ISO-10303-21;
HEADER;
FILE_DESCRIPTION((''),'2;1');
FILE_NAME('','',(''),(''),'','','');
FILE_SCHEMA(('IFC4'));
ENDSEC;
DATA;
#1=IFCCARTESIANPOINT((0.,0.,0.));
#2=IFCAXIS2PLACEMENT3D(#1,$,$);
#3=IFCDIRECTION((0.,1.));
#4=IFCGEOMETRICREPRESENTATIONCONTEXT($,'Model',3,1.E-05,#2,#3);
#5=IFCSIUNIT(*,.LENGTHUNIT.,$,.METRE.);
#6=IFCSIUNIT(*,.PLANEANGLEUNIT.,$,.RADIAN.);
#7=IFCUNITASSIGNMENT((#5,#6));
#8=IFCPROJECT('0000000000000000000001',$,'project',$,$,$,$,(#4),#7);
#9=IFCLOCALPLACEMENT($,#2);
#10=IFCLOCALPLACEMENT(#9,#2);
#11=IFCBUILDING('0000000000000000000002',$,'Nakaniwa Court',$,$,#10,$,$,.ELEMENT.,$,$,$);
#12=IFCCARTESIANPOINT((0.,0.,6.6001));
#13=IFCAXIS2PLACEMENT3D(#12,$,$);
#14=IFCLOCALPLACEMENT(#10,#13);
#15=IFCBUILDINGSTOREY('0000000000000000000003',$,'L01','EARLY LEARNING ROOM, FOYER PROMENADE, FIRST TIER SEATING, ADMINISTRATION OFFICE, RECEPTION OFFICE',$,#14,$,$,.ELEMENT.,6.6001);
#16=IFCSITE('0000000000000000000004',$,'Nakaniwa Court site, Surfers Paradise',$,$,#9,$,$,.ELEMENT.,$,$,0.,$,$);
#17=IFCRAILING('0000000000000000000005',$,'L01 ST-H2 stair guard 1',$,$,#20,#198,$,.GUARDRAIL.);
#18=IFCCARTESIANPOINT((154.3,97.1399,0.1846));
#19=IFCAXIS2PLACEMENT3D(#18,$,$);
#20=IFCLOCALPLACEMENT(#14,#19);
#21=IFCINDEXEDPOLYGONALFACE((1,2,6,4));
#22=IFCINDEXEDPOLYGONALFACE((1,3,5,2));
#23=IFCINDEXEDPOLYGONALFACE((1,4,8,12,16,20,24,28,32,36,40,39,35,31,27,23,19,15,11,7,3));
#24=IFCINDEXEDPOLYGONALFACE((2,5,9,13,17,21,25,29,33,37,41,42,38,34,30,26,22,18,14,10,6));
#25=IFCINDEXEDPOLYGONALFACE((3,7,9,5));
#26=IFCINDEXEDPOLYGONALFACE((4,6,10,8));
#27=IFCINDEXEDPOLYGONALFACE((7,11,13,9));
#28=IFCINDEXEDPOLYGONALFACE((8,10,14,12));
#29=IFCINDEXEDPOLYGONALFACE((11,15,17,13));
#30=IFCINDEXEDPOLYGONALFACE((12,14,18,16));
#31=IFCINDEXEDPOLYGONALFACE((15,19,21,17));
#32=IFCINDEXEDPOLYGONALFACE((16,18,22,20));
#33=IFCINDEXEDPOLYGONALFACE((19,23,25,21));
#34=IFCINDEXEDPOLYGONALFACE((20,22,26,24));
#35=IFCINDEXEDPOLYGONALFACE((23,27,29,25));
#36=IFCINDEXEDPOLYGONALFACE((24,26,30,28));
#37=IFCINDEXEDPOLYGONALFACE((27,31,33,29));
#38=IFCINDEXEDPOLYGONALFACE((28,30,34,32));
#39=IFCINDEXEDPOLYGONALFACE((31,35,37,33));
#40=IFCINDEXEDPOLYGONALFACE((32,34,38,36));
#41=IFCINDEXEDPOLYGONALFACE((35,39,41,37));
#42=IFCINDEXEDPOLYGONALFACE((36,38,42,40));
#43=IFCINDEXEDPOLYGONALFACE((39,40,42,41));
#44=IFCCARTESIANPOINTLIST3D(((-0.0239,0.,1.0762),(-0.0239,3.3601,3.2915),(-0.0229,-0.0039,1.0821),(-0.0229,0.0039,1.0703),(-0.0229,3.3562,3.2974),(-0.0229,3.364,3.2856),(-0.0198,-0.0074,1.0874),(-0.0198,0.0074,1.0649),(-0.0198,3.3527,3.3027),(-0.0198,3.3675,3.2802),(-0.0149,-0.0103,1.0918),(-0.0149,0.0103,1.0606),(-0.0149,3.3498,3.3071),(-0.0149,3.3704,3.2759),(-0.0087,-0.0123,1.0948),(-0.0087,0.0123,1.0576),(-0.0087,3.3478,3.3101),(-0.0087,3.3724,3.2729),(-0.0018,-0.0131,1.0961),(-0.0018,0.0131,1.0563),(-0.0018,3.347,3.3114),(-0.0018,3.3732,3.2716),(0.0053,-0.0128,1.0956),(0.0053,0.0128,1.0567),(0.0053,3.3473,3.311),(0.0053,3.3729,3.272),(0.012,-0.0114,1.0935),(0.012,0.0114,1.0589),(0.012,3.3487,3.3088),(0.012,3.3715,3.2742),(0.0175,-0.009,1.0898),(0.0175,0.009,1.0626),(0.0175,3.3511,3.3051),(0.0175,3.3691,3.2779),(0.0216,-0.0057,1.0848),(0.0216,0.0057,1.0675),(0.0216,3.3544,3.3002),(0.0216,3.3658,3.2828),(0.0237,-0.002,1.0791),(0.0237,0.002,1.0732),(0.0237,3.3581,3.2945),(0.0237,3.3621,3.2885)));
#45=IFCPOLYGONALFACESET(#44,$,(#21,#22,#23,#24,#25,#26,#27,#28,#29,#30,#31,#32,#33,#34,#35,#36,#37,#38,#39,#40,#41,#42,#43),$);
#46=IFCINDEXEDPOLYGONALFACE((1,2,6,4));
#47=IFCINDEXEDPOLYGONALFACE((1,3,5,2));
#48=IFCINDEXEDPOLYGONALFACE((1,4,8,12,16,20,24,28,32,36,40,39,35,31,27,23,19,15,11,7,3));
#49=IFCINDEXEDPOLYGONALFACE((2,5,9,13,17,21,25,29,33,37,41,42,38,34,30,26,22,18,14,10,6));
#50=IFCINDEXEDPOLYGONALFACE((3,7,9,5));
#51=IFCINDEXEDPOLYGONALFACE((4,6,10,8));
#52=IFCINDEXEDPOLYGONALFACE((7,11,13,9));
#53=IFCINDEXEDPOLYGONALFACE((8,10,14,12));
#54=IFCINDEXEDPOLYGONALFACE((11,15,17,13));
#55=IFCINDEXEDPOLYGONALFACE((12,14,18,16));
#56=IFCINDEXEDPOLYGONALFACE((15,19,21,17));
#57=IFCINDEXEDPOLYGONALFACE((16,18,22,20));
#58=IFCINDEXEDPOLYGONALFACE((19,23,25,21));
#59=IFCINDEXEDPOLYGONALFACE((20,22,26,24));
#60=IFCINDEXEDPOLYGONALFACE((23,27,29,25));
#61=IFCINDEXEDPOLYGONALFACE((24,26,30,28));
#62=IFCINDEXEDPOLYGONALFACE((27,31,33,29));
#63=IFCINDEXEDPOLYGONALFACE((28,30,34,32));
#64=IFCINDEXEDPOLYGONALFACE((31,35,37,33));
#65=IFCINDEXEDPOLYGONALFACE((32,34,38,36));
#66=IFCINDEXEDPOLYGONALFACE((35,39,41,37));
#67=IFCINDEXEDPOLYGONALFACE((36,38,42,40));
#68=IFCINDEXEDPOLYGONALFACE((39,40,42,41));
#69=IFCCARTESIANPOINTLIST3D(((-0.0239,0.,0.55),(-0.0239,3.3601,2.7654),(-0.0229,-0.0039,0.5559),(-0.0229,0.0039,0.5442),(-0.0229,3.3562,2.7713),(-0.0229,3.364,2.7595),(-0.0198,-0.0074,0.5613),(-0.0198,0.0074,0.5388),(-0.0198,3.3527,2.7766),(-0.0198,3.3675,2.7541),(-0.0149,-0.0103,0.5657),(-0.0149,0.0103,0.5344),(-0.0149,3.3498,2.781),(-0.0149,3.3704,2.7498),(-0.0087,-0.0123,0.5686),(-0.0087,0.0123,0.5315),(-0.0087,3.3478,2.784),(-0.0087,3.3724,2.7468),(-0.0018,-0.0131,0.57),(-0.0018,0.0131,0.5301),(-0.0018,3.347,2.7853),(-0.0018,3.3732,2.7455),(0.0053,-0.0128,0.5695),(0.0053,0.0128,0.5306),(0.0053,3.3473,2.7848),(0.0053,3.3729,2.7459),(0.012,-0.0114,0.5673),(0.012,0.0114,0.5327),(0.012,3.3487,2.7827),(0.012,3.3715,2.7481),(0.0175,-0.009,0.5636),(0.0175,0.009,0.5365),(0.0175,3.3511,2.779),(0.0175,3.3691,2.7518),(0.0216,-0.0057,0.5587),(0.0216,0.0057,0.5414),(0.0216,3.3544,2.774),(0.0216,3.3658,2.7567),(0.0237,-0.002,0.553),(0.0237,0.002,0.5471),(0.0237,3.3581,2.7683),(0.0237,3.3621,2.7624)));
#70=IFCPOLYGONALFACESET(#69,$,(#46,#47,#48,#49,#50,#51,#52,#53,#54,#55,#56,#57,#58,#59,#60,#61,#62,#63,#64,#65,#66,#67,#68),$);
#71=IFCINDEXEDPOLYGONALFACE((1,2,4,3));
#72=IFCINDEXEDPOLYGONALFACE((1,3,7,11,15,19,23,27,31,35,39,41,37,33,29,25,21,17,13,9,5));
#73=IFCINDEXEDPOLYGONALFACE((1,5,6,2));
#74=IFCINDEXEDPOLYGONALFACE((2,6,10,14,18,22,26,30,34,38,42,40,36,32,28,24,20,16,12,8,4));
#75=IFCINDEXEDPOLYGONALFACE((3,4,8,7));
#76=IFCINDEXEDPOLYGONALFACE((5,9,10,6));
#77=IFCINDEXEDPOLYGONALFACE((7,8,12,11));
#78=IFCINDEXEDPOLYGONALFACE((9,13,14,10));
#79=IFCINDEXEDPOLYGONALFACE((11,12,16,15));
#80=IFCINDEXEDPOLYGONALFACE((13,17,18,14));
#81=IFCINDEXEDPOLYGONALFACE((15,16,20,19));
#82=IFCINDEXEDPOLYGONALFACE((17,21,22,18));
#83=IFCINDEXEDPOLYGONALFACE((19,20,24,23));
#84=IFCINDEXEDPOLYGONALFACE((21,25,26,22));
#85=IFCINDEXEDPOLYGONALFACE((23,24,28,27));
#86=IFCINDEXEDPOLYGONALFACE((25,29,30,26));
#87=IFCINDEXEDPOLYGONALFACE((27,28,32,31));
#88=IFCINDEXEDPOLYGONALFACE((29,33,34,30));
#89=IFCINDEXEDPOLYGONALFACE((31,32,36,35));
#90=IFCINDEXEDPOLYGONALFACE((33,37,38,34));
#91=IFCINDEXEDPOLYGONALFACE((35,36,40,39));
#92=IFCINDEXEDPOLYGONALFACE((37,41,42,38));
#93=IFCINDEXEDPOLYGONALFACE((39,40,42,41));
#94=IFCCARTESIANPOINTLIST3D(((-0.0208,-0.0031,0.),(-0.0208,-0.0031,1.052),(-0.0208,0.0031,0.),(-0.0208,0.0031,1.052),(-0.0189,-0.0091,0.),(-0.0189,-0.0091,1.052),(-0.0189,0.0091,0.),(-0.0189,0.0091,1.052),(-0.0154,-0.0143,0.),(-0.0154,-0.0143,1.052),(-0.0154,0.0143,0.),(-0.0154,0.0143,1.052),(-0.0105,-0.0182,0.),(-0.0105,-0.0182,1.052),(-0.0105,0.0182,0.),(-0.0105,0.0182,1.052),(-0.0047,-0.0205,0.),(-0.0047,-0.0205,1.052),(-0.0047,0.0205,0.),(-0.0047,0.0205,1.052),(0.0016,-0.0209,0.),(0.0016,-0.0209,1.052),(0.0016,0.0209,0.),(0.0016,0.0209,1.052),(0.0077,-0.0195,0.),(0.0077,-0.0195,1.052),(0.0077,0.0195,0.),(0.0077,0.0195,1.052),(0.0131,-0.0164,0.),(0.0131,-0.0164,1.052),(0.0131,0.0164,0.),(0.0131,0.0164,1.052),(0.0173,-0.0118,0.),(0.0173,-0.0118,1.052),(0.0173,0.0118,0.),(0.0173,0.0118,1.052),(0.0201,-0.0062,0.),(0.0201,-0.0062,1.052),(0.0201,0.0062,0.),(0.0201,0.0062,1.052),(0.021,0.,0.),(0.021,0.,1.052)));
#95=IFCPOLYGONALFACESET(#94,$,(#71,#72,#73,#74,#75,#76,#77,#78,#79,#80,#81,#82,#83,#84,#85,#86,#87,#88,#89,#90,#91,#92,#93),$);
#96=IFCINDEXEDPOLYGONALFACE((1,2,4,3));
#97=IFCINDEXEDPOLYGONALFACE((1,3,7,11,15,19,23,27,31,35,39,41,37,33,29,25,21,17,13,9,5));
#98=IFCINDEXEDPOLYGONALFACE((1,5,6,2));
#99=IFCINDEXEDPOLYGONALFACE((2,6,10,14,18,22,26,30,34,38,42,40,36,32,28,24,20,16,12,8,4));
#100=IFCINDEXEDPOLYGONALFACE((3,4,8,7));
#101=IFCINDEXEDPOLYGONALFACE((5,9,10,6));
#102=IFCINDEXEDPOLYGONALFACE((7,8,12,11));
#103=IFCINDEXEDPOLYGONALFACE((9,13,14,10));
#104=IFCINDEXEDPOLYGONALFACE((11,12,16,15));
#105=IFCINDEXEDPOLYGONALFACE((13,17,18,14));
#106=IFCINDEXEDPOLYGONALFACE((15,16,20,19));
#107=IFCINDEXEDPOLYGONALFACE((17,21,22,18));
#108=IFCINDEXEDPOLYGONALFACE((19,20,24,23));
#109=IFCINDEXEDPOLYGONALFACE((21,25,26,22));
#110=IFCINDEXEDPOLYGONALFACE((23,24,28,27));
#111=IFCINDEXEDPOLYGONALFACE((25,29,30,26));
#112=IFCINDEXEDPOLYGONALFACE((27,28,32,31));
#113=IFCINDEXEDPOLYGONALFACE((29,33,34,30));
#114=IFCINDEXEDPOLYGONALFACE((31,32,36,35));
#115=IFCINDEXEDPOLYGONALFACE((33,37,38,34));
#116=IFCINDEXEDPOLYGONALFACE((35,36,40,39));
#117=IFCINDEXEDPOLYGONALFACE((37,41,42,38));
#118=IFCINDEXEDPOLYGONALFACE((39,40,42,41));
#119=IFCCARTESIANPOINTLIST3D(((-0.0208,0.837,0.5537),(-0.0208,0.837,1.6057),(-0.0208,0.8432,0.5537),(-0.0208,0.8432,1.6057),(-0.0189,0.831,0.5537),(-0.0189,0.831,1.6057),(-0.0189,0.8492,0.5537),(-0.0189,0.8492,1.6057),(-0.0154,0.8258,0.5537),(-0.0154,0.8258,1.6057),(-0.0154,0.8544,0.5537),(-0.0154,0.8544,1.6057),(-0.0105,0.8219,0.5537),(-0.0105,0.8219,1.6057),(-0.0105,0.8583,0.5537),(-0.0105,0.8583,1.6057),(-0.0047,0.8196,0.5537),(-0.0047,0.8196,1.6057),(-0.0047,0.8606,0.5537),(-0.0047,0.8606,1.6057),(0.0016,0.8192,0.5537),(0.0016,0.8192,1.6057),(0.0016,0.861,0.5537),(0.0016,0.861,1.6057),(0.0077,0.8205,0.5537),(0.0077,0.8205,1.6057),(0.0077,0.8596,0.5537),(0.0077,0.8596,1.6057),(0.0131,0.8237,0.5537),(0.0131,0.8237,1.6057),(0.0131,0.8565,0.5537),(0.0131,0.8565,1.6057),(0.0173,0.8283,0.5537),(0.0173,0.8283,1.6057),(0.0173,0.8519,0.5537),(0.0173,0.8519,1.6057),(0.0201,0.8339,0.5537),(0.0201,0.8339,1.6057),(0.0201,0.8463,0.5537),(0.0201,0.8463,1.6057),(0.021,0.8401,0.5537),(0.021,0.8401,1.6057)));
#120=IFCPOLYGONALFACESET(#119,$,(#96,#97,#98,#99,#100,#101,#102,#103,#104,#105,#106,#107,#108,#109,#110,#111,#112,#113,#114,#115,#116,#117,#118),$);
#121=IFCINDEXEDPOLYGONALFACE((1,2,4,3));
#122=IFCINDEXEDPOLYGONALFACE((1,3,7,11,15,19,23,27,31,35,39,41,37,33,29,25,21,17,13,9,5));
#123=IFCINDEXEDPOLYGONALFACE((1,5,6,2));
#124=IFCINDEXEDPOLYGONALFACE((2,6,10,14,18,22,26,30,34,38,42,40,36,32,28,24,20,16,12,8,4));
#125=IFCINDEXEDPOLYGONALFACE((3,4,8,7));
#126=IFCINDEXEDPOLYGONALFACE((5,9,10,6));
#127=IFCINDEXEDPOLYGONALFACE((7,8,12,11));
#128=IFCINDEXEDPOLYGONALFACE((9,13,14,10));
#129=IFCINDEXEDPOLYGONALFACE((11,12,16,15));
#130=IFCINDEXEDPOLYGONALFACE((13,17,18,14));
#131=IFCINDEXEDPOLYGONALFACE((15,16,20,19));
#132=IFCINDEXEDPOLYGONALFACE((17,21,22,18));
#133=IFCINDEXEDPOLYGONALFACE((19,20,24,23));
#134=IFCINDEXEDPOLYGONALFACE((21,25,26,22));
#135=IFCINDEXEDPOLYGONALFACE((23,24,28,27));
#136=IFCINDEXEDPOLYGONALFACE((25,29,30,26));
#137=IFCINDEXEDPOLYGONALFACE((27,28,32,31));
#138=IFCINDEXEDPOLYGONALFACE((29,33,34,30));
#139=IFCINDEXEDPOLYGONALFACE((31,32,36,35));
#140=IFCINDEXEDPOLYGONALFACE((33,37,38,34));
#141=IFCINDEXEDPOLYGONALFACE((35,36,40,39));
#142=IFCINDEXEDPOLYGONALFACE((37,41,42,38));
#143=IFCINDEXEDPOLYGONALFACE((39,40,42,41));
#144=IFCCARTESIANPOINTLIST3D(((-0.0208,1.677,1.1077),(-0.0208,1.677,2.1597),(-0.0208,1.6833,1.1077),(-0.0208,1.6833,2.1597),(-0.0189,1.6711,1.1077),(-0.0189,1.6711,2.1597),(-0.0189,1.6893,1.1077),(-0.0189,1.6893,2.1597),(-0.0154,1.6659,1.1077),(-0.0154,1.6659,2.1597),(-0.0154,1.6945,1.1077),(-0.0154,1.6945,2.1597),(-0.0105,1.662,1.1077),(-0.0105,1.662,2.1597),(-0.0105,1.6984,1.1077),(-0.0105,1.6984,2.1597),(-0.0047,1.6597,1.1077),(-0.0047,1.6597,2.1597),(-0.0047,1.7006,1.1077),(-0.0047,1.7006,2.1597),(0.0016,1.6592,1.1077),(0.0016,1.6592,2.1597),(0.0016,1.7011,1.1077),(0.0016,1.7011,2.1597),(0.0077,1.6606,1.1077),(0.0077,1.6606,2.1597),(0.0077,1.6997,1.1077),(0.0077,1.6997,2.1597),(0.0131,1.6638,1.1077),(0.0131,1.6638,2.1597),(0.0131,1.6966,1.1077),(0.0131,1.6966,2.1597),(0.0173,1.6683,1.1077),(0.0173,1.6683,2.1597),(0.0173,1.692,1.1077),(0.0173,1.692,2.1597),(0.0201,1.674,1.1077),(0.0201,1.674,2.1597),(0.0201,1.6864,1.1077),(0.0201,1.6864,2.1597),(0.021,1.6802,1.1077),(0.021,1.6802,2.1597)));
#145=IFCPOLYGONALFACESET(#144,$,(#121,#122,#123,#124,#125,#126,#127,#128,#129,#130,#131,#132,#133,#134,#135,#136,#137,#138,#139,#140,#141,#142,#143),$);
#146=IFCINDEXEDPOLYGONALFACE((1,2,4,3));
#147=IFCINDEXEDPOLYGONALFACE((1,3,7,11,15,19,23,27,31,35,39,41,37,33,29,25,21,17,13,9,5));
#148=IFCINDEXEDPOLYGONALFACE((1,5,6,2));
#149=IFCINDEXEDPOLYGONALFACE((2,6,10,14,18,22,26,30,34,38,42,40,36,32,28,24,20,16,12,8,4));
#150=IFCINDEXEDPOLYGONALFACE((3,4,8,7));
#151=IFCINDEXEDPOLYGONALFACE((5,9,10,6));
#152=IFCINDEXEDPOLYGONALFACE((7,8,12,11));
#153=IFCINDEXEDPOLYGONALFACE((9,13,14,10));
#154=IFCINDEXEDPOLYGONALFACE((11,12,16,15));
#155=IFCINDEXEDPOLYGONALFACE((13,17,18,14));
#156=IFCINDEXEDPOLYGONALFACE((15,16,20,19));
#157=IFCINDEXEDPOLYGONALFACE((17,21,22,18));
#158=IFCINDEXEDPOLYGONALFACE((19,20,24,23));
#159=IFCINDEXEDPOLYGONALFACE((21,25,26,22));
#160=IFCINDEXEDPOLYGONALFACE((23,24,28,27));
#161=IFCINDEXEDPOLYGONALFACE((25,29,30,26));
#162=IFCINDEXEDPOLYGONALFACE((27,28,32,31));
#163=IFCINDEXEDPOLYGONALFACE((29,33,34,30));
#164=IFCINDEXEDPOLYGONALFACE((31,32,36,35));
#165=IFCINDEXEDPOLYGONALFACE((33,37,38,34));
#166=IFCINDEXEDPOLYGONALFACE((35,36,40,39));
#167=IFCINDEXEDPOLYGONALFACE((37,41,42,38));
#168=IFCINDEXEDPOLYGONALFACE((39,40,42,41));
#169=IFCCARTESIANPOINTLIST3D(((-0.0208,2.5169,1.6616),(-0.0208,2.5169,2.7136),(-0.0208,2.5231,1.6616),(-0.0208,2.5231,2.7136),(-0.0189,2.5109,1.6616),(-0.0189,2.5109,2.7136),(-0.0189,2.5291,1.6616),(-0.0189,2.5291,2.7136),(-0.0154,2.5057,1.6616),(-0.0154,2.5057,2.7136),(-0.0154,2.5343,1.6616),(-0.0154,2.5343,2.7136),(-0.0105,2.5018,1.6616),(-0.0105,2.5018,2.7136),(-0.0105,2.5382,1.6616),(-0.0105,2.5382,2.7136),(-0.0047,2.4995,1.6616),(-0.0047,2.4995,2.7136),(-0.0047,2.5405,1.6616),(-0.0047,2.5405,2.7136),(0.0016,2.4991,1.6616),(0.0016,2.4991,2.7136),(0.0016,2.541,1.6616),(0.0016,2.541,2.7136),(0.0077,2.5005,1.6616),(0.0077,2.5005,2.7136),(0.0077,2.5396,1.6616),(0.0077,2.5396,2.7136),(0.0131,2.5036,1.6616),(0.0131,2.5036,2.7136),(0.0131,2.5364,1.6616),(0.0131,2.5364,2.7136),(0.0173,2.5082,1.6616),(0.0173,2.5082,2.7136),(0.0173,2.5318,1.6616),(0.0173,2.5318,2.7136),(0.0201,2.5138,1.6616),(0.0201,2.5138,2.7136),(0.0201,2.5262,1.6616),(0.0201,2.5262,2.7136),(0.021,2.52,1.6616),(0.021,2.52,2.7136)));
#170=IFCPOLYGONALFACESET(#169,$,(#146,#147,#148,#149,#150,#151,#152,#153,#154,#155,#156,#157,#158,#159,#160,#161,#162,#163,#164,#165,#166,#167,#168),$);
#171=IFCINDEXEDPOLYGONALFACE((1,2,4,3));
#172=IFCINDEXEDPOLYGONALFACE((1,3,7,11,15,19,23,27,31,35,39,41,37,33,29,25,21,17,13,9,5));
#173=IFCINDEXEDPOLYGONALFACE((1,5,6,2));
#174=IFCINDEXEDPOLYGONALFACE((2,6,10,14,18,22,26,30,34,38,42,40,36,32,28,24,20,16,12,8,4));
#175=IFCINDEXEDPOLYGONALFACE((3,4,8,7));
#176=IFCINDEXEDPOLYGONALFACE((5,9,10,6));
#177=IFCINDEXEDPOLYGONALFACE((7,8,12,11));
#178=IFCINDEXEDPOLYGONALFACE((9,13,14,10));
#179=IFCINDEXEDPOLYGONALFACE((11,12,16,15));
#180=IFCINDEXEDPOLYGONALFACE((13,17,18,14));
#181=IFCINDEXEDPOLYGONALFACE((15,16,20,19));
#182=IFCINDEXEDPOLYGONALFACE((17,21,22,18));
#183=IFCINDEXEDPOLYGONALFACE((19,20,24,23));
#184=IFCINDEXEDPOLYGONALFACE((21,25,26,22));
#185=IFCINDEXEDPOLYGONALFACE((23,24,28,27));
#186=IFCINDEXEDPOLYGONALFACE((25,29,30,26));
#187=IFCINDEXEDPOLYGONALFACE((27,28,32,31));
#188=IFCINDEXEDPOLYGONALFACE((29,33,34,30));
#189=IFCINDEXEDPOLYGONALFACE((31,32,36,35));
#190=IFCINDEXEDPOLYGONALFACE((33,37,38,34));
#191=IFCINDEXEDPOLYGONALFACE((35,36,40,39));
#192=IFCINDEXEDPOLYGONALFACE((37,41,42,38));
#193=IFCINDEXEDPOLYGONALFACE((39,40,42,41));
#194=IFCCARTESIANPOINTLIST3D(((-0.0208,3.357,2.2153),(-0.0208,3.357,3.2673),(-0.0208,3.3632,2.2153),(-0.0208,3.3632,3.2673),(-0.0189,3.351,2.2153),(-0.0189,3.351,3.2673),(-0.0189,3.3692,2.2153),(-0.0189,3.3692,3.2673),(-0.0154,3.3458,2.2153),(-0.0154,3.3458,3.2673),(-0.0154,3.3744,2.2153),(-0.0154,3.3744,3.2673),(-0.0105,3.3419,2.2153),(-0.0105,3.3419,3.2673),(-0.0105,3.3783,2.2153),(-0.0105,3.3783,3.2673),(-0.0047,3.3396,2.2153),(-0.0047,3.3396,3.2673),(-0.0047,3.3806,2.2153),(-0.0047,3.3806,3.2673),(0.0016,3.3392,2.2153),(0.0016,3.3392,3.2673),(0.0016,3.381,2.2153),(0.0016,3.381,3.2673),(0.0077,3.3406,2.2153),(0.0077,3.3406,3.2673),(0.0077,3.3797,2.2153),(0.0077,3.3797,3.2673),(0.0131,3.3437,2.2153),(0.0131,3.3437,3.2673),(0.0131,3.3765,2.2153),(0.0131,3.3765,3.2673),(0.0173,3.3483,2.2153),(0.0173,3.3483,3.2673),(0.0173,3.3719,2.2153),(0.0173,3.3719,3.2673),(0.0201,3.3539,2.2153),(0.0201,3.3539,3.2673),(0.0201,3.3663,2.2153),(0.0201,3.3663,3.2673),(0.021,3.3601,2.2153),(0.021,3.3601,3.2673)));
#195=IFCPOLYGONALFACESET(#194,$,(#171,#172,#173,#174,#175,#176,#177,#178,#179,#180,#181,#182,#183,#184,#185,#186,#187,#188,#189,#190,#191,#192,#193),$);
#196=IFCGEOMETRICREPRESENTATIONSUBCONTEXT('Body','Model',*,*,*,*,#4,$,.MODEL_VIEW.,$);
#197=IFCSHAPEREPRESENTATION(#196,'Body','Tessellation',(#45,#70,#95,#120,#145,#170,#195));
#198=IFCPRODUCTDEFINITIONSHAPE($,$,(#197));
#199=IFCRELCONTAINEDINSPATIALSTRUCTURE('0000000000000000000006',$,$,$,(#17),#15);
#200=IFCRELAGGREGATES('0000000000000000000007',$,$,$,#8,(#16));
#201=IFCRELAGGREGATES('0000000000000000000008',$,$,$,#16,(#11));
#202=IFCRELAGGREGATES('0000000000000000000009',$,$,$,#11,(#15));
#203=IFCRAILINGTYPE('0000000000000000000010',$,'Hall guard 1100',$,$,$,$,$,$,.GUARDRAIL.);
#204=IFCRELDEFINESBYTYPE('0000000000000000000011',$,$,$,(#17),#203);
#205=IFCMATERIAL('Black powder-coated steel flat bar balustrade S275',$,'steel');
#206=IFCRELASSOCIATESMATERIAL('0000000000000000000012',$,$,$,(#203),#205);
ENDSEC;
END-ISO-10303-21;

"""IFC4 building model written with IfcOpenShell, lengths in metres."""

from ifc_helpers import new_model, si_unit, direction, frame, origin, origin_2d, place, context, subcontext, project, spatial, circle, extrude, material, type_object, element, save


model = new_model("IFC4")

# Units and contexts
model_context = context("Model", 3, precision=1e-05, world=origin(), true_north=direction((0.0, 1.0)))
body_context = subcontext(model_context, "Body", "Model", "MODEL_VIEW")
ifc_project = project(units=[si_unit("LENGTHUNIT", "METRE"), si_unit("PLANEANGLEUNIT", "RADIAN")], contexts=[model_context])

# Site, building, storey
site_placement = place(None, origin())
site = spatial("IfcSite", under=ifc_project, at=site_placement, Name="Nakaniwa Court site, Surfers Paradise", CompositionType="ELEMENT", RefElevation=0.0)
building_placement = place(site_placement, origin())
building = spatial("IfcBuilding", under=site, at=building_placement, Name="Nakaniwa Court", CompositionType="ELEMENT")
storey_placement = place(building_placement, frame((0.0, 0.0, 6.6001)))
storey = spatial("IfcBuildingStorey", under=building, at=storey_placement, Name="L01", Description="EARLY LEARNING ROOM, FOYER PROMENADE, FIRST TIER SEATING, ADMINISTRATION OFFICE, RECEPTION OFFICE", CompositionType="ELEMENT", Elevation=6.6001)

# Railing
ifc_material_1 = material(Name="Black powder-coated steel flat bar balustrade S275", Category="steel")
railing_type_1 = type_object("IfcRailingType", Name="Hall guard 1100", PredefinedType="GUARDRAIL", material=ifc_material_1)
railing_1_placement = place(storey_placement, frame((154.3, 97.1399, 0.1846)))
element("IfcRailing", 1, at=railing_1_placement, inside=storey, type_object=railing_type_1, Name="L01 ST-H2 stair guard 1", PredefinedType="GUARDRAIL", context=body_context, shape_type="SweptSolid", body=[
    extrude(circle(Radius=0.0239, at=origin_2d()), frame((0.0, 0.0, 1.0762), z_axis=(0.0, 0.834876, 0.550437), x_axis=(-1.0, 0.0, 0.0)), (0.0, 0.0, 1.0), 4.0247),
    extrude(circle(Radius=0.0239, at=origin_2d()), frame((0.0, 0.0, 0.55), z_axis=(0.0, 0.834876, 0.550437), x_axis=(-1.0, 0.0, 0.0)), (0.0, 0.0, 1.0), 4.0247),
    extrude(circle(Radius=0.021, at=origin_2d()), origin(), (0.0, 0.0, 1.0), 1.052),
    extrude(circle(Radius=0.021, at=origin_2d()), frame((0.0, 0.8401, 0.5537)), (0.0, 0.0, 1.0), 1.052),
    extrude(circle(Radius=0.021, at=origin_2d()), frame((0.0, 1.6802, 1.1077)), (0.0, 0.0, 1.0), 1.052),
    extrude(circle(Radius=0.021, at=origin_2d()), frame((0.0, 2.52, 1.6616)), (0.0, 0.0, 1.0), 1.052),
    extrude(circle(Radius=0.021, at=origin_2d()), frame((0.0, 3.3601, 2.2153)), (0.0, 0.0, 1.0), 1.052),
])

save(model, "model.ifc")
